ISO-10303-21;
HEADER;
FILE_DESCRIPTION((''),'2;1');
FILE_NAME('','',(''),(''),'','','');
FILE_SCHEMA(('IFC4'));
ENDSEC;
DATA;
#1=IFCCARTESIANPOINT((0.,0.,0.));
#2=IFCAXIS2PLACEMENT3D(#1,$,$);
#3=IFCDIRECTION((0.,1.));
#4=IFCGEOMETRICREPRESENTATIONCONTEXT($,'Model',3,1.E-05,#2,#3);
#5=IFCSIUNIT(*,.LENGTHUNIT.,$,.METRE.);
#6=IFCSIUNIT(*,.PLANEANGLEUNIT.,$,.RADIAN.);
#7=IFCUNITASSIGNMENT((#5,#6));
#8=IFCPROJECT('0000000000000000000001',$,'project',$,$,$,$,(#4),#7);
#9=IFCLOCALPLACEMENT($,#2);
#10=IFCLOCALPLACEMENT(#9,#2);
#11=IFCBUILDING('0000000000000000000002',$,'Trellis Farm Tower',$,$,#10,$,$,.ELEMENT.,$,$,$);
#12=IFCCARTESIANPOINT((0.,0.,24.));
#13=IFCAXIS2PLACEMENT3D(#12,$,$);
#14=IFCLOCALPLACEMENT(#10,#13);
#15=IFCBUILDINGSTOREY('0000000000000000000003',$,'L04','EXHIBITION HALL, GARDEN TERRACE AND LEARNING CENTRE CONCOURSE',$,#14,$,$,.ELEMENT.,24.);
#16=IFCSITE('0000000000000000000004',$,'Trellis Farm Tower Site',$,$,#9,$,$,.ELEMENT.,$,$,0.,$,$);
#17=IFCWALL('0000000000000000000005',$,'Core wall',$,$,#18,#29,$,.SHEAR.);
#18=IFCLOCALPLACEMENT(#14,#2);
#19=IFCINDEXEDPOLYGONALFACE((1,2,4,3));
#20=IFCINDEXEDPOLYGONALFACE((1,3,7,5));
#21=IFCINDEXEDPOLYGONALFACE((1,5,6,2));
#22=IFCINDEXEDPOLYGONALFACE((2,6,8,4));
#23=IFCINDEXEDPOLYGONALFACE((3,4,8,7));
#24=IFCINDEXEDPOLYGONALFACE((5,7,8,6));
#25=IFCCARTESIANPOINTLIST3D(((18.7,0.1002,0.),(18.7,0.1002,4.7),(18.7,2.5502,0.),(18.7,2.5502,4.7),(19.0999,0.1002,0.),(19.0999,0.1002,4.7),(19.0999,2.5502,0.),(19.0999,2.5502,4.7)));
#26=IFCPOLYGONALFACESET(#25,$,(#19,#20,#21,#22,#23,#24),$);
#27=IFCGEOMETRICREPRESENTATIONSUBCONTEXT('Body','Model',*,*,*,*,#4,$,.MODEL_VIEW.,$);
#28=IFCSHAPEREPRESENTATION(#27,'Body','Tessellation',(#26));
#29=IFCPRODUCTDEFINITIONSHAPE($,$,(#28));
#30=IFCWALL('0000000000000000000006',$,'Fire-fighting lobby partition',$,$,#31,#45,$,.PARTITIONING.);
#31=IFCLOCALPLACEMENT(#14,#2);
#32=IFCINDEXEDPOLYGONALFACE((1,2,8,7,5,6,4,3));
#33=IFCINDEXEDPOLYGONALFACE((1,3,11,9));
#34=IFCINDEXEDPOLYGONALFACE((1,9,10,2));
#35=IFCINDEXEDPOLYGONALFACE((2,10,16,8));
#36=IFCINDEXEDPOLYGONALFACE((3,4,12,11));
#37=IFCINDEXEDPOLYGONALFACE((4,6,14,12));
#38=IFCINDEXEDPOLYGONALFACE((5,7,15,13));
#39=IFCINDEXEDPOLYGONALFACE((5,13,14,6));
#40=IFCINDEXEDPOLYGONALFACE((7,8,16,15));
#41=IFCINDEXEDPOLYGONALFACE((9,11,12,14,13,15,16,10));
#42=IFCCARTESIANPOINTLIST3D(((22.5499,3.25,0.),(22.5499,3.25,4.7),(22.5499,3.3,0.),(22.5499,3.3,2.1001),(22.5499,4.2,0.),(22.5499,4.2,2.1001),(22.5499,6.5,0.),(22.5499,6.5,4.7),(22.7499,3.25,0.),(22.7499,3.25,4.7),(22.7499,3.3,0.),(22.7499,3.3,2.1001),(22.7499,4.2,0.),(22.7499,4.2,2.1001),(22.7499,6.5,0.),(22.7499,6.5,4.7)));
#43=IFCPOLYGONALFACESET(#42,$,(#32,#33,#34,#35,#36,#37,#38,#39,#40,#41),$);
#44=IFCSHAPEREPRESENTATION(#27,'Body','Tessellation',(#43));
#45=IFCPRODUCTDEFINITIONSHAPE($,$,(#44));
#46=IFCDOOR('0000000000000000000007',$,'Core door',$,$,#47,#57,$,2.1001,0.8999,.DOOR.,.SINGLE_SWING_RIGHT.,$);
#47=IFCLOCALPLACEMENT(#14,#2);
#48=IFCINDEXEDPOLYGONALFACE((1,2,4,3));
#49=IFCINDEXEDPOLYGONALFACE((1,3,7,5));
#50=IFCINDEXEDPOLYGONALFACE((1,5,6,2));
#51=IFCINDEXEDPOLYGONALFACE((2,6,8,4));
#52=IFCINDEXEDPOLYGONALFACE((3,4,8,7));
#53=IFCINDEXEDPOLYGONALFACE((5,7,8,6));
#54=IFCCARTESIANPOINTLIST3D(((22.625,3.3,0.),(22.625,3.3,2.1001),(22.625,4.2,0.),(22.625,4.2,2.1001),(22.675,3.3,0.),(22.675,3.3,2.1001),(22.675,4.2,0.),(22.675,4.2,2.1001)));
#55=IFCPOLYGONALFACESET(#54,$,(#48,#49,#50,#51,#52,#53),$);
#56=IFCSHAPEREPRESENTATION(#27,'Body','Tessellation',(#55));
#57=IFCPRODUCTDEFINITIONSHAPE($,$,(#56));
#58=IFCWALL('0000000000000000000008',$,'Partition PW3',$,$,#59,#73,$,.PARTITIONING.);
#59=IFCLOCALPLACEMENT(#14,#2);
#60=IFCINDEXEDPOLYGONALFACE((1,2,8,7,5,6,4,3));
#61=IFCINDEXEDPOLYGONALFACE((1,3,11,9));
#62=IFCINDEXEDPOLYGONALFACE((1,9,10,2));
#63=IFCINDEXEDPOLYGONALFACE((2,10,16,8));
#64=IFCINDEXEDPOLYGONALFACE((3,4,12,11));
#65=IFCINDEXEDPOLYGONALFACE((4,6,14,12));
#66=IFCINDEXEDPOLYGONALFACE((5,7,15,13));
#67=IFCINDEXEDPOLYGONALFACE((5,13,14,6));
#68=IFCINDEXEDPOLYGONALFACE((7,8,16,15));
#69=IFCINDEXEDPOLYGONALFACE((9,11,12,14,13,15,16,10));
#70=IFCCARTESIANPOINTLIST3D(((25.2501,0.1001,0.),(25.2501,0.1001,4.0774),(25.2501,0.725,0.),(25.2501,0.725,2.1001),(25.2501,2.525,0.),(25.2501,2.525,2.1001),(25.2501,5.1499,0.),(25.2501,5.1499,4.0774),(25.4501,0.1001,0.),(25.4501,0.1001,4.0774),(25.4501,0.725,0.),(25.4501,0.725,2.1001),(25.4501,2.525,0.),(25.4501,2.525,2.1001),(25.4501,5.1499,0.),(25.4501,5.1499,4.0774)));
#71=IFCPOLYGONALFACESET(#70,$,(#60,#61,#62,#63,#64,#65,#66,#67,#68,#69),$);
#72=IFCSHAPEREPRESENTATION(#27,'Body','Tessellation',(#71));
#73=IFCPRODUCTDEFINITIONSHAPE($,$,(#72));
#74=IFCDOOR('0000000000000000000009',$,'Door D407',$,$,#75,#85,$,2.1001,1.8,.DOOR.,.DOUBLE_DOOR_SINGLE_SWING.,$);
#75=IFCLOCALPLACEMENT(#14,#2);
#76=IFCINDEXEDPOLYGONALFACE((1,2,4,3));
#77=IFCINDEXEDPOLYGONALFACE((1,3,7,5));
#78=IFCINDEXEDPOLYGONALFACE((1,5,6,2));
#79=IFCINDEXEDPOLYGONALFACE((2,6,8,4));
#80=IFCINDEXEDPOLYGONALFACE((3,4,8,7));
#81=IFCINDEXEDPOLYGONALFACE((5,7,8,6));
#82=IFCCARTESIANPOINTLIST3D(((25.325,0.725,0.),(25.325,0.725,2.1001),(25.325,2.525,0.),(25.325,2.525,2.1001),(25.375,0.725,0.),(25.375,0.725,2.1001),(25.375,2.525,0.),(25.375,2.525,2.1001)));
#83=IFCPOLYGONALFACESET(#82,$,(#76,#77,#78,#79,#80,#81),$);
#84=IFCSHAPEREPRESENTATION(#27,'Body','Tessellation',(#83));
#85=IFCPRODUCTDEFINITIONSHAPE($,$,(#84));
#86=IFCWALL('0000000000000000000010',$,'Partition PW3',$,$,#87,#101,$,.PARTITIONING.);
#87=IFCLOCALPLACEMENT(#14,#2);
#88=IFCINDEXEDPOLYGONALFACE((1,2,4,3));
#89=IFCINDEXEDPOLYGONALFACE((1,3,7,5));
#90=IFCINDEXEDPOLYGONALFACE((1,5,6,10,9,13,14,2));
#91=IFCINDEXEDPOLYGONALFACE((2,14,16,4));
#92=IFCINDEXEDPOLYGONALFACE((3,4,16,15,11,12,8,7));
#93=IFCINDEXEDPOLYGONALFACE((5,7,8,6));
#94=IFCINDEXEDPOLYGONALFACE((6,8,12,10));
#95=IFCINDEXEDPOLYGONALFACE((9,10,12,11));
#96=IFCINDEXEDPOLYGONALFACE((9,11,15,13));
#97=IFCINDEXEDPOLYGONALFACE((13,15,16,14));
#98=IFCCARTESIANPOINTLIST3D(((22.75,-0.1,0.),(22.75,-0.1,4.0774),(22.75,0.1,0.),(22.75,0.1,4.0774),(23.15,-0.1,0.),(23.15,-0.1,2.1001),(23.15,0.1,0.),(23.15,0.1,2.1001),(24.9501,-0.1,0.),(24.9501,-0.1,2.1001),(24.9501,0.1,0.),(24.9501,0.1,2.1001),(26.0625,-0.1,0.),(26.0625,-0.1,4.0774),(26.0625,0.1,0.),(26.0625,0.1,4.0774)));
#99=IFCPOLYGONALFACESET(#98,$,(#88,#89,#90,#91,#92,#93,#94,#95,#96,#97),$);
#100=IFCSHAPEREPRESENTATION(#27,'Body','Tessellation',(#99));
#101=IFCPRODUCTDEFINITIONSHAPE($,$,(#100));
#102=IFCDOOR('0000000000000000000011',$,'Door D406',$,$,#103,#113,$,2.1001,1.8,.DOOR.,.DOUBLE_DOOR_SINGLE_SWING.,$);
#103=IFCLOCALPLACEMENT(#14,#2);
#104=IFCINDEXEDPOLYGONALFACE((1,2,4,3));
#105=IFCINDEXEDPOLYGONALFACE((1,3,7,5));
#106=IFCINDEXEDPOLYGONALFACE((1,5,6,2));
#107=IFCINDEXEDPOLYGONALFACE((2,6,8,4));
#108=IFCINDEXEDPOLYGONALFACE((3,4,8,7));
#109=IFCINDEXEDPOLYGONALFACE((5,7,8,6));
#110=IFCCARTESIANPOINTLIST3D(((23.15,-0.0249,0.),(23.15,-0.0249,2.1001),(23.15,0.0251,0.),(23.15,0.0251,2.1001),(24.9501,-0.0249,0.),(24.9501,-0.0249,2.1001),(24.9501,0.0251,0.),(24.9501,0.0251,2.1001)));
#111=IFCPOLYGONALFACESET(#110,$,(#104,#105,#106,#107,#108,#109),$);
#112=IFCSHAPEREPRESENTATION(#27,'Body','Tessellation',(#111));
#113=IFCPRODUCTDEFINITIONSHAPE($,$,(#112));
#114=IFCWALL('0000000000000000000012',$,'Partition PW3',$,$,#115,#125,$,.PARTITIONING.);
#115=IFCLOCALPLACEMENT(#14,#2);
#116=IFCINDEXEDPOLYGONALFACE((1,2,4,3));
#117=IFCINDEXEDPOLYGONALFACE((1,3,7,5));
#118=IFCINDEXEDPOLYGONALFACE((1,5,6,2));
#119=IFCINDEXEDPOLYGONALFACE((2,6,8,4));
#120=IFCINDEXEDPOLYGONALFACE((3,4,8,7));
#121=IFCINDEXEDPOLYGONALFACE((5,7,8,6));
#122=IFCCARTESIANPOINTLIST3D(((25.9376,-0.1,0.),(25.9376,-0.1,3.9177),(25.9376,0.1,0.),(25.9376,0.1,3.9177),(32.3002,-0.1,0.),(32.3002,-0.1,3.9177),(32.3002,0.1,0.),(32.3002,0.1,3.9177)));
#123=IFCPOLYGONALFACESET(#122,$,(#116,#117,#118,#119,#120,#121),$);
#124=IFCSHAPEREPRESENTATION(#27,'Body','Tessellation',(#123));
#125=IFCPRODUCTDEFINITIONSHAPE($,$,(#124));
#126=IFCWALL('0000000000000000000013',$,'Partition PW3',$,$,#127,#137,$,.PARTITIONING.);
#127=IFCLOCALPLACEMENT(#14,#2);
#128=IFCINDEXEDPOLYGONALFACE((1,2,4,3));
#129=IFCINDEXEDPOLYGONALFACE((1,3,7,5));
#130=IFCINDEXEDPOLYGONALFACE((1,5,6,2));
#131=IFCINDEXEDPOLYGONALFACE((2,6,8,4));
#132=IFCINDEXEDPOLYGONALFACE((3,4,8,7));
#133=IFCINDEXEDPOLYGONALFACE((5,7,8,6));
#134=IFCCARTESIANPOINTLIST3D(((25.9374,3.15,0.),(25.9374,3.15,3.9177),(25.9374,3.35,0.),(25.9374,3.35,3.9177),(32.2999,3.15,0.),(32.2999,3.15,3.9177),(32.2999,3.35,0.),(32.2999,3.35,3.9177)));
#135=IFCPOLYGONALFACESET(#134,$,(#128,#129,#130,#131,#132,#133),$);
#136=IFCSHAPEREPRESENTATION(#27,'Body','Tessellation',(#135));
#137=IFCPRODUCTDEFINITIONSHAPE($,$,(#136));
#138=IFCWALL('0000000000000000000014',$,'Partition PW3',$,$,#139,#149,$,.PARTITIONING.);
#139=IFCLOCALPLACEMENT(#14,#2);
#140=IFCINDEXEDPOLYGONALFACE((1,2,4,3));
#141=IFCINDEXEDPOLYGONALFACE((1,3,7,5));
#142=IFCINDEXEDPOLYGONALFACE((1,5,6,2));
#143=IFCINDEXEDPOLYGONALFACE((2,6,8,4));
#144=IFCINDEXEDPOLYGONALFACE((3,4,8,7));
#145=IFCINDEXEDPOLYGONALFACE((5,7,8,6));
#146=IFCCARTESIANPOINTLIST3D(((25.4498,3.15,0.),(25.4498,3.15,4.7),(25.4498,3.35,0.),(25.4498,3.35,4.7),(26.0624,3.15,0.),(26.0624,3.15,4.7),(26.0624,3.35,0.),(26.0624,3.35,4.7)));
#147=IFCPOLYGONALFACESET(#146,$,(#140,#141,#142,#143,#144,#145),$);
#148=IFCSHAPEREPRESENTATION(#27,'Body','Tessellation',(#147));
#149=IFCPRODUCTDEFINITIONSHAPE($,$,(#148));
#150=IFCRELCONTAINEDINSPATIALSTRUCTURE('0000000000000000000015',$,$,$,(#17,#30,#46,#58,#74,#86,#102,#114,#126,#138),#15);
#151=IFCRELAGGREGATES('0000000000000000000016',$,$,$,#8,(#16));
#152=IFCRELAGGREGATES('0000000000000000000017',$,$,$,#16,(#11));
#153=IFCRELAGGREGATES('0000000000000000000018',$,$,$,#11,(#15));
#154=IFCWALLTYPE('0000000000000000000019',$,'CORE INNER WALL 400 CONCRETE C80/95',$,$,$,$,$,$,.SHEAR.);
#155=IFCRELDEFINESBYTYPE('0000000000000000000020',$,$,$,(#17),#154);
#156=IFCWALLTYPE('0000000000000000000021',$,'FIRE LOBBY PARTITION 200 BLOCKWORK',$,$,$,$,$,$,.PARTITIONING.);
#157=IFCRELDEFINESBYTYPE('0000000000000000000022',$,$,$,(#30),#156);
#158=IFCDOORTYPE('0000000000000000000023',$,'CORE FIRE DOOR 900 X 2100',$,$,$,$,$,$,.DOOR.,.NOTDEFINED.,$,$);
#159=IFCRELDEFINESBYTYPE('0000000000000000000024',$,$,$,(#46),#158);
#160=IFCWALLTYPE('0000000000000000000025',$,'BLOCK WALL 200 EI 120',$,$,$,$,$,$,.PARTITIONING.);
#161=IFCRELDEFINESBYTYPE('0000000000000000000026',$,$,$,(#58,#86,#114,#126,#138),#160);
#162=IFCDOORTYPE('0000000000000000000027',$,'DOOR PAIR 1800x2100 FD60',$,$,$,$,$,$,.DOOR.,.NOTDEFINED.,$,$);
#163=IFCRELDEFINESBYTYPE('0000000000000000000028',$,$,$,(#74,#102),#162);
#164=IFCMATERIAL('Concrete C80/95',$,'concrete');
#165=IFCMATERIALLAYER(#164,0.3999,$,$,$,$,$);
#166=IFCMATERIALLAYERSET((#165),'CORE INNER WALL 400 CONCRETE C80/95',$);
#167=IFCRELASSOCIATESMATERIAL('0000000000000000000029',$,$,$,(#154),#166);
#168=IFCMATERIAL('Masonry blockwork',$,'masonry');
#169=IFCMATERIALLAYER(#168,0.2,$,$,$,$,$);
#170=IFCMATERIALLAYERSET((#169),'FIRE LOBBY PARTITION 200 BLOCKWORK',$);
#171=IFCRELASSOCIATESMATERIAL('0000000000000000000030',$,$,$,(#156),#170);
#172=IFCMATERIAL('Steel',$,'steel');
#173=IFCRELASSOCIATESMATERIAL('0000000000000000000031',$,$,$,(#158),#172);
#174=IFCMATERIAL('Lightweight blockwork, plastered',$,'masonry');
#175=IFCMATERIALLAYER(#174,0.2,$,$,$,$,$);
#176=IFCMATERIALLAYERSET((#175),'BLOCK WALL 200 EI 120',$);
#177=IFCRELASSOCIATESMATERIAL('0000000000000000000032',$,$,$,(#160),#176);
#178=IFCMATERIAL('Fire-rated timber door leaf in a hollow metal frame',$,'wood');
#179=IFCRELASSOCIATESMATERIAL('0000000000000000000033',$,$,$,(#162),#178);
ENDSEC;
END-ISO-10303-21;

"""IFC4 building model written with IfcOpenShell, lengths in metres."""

from ifc_helpers import new_model, si_unit, direction, frame, frame_2d, origin, place, context, subcontext, project, spatial, rectangle, extrude, source, transform, mapped, material, layer, layer_set, type_object, element, fill, save


model = new_model("IFC4")

# Units and contexts
model_context = context("Model", 3, precision=1e-05, world=origin(), true_north=direction((0.0, 1.0)))
body_context = subcontext(model_context, "Body", "Model", "MODEL_VIEW")
ifc_project = project(units=[si_unit("LENGTHUNIT", "METRE"), si_unit("PLANEANGLEUNIT", "RADIAN")], contexts=[model_context])

# Site, building, storey
site_placement = place(None, origin())
site = spatial("IfcSite", under=ifc_project, at=site_placement, Name="Trellis Farm Tower Site", CompositionType="ELEMENT", RefElevation=0.0)
building_placement = place(site_placement, origin())
building = spatial("IfcBuilding", under=site, at=building_placement, Name="Trellis Farm Tower", CompositionType="ELEMENT")
storey_placement = place(building_placement, frame((0.0, 0.0, 24.0)))
storey = spatial("IfcBuildingStorey", under=building, at=storey_placement, Name="L04", Description="EXHIBITION HALL, GARDEN TERRACE AND LEARNING CENTRE CONCOURSE", CompositionType="ELEMENT", Elevation=24.0)

# Shared definitions
ifc_material_1 = material(Name="Concrete C80/95", Category="concrete")

# Wall
ifc_layer_1 = layer(ifc_material_1, 0.3999)
ifc_layer_set_1 = layer_set([ifc_layer_1], Name="CORE INNER WALL 400 CONCRETE C80/95")
wall_type_1 = type_object("IfcWallType", Name="CORE INNER WALL 400 CONCRETE C80/95", PredefinedType="SHEAR", material=ifc_layer_set_1)
shared_shape_1 = source(origin(), body_context, "Body", "SweptSolid", [
    extrude(rectangle(XDim=2.45, YDim=0.3999, at=frame_2d((1.2251, 0.0))), origin(), (0.0, 0.0, 1.0), 4.7),
])
wall_1_placement = place(storey_placement, frame((18.8999, 0.1001, 0.0), z_axis=(0.0, 0.0, 1.0), x_axis=(0.0, 1.0, 0.0)))
element("IfcWall", 1, at=wall_1_placement, inside=storey, type_object=wall_type_1, Name="Core wall", PredefinedType="SHEAR", context=body_context, shape_type="MappedRepresentation", body=[
    mapped(shared_shape_1, transform((0.0, 0.0, 0.0))),
])

# Walls, openings, doors
ifc_material_2 = material(Name="Masonry blockwork", Category="masonry")
ifc_layer_2 = layer(ifc_material_2, 0.2)
ifc_layer_set_2 = layer_set([ifc_layer_2], Name="FIRE LOBBY PARTITION 200 BLOCKWORK")
wall_type_2 = type_object("IfcWallType", Name="FIRE LOBBY PARTITION 200 BLOCKWORK", PredefinedType="PARTITIONING", material=ifc_layer_set_2)
shared_shape_2 = source(origin(), body_context, "Body", "SweptSolid", [
    extrude(rectangle(XDim=3.25, YDim=0.2, at=frame_2d((1.625, 0.0))), origin(), (0.0, 0.0, 1.0), 4.7),
])
wall_2_placement = place(storey_placement, frame((22.6499, 3.25, 0.0), z_axis=(0.0, 0.0, 1.0), x_axis=(0.0, 1.0, 0.0)))
wall_2 = element("IfcWall", 2, at=wall_2_placement, inside=storey, type_object=wall_type_2, Name="Fire-fighting lobby partition", PredefinedType="PARTITIONING", context=body_context, shape_type="MappedRepresentation", body=[
    mapped(shared_shape_2, transform((0.0, 0.0, 0.0))),
])
shared_shape_3 = source(origin(), body_context, "Body", "SweptSolid", [
    extrude(rectangle(XDim=0.8999, YDim=2.1001, at=frame_2d((0.45, 1.05))), frame((0.0, 0.1101, 0.0), z_axis=(0.0, -1.0, 0.0), x_axis=(1.0, 0.0, 0.0)), (0.0, 0.0, 1.0), 0.2202),
])
opening_1_placement = place(wall_2_placement, frame((0.05, 0.0, 0.0)))
opening_1 = element("IfcOpeningElement", 3, at=opening_1_placement, cuts=wall_2, PredefinedType="OPENING", context=body_context, shape_type="MappedRepresentation", body=[
    mapped(shared_shape_3, transform((0.0, 0.0, 0.0))),
])
ifc_material_3 = material(Name="Steel", Category="steel")
door_type_1 = type_object("IfcDoorType", Name="CORE FIRE DOOR 900 X 2100", OperationType="NOTDEFINED", PredefinedType="DOOR", material=ifc_material_3)
shared_shape_4 = source(origin(), body_context, "Body", "SweptSolid", [
    extrude(rectangle(XDim=0.8999, YDim=2.1001, at=frame_2d((0.45, 1.05))), frame((0.0, 0.0249, 0.0), z_axis=(0.0, -1.0, 0.0), x_axis=(1.0, 0.0, 0.0)), (0.0, 0.0, 1.0), 0.05),
])
door_1_placement = place(opening_1_placement, origin())
door_1 = element("IfcDoor", 4, at=door_1_placement, inside=storey, type_object=door_type_1, Name="Core door", OperationType="SINGLE_SWING_RIGHT", OverallHeight=2.1001, OverallWidth=0.8999, PredefinedType="DOOR", context=body_context, shape_type="MappedRepresentation", body=[
    mapped(shared_shape_4, transform((0.0, 0.0, 0.0))),
])
fill(opening_1, door_1)
ifc_material_4 = material(Name="Lightweight blockwork, plastered", Category="masonry")
ifc_layer_3 = layer(ifc_material_4, 0.2)
ifc_layer_set_3 = layer_set([ifc_layer_3], Name="BLOCK WALL 200 EI 120")
wall_type_3 = type_object("IfcWallType", Name="BLOCK WALL 200 EI 120", PredefinedType="PARTITIONING", material=ifc_layer_set_3)
shared_shape_5 = source(origin(), body_context, "Body", "SweptSolid", [
    extrude(rectangle(XDim=5.0498, YDim=0.2, at=frame_2d((2.5249, 0.0))), origin(), (0.0, 0.0, 1.0), 4.0774),
])
wall_3_placement = place(storey_placement, frame((25.3501, 5.1499, 0.0), z_axis=(0.0, 0.0, 1.0), x_axis=(0.0, -1.0, 0.0)))
wall_3 = element("IfcWall", 5, at=wall_3_placement, inside=storey, type_object=wall_type_3, Name="Partition PW3", PredefinedType="PARTITIONING", context=body_context, shape_type="MappedRepresentation", body=[
    mapped(shared_shape_5, transform((0.0, 0.0, 0.0))),
])
shared_shape_6 = source(origin(), body_context, "Body", "SweptSolid", [
    extrude(rectangle(XDim=1.8, YDim=2.1001, at=frame_2d((0.8999, 1.05))), frame((0.0, 0.1101, 0.0), z_axis=(0.0, -1.0, 0.0), x_axis=(1.0, 0.0, 0.0)), (0.0, 0.0, 1.0), 0.2202),
])
opening_2_placement = place(wall_3_placement, frame((2.625, 0.0, 0.0)))
opening_2 = element("IfcOpeningElement", 6, at=opening_2_placement, cuts=wall_3, PredefinedType="OPENING", context=body_context, shape_type="MappedRepresentation", body=[
    mapped(shared_shape_6, transform((0.0, 0.0, 0.0))),
])
ifc_material_5 = material(Name="Fire-rated timber door leaf in a hollow metal frame", Category="wood")
door_type_2 = type_object("IfcDoorType", Name="DOOR PAIR 1800x2100 FD60", OperationType="NOTDEFINED", PredefinedType="DOOR", material=ifc_material_5)
shared_shape_7 = source(origin(), body_context, "Body", "SweptSolid", [
    extrude(rectangle(XDim=1.8, YDim=2.1001, at=frame_2d((0.8999, 1.05))), frame((0.0, 0.0249, 0.0), z_axis=(0.0, -1.0, 0.0), x_axis=(1.0, 0.0, 0.0)), (0.0, 0.0, 1.0), 0.05),
])
door_2_placement = place(opening_2_placement, origin())
door_2 = element("IfcDoor", 7, at=door_2_placement, inside=storey, type_object=door_type_2, Name="Door D407", OperationType="DOUBLE_DOOR_SINGLE_SWING", OverallHeight=2.1001, OverallWidth=1.8, PredefinedType="DOOR", context=body_context, shape_type="MappedRepresentation", body=[
    mapped(shared_shape_7, transform((0.0, 0.0, 0.0))),
])
fill(opening_2, door_2)
shared_shape_8 = source(origin(), body_context, "Body", "SweptSolid", [
    extrude(rectangle(XDim=3.3125, YDim=0.2, at=frame_2d((1.6562, 0.0))), origin(), (0.0, 0.0, 1.0), 4.0774),
])
wall_4_placement = place(storey_placement, frame((26.0625, 0.0, 0.0), z_axis=(0.0, 0.0, 1.0), x_axis=(-1.0, 0.0, 0.0)))
wall_4 = element("IfcWall", 8, at=wall_4_placement, inside=storey, type_object=wall_type_3, Name="Partition PW3", PredefinedType="PARTITIONING", context=body_context, shape_type="MappedRepresentation", body=[
    mapped(shared_shape_8, transform((0.0, 0.0, 0.0))),
])
opening_3_placement = place(wall_4_placement, frame((1.1125, 0.0, 0.0)))
opening_3 = element("IfcOpeningElement", 9, at=opening_3_placement, cuts=wall_4, PredefinedType="OPENING", context=body_context, shape_type="MappedRepresentation", body=[
    mapped(shared_shape_6, transform((0.0, 0.0, 0.0))),
])
door_3_placement = place(opening_3_placement, origin())
door_3 = element("IfcDoor", 10, at=door_3_placement, inside=storey, type_object=door_type_2, Name="Door D406", OperationType="DOUBLE_DOOR_SINGLE_SWING", OverallHeight=2.1001, OverallWidth=1.8, PredefinedType="DOOR", context=body_context, shape_type="MappedRepresentation", body=[
    mapped(shared_shape_7, transform((0.0, 0.0, 0.0))),
])
fill(opening_3, door_3)

# Walls
shared_shape_9 = source(origin(), body_context, "Body", "SweptSolid", [
    extrude(rectangle(XDim=6.3625, YDim=0.2, at=frame_2d((3.1812, 0.0))), origin(), (0.0, 0.0, 1.0), 3.9177),
])
for number, where, z_axis, x_axis, name in (
    (11, (32.3, 0.0, 0.0), (0.0, 0.0, 1.0), (-1.0, 0.0, 0.0), "Partition PW3"),
    (12, (25.9375, 3.25, 0.0), (0.0, 0.0, 1.0), (1.0, 0.0, 0.0), "Partition PW3"),
):
    element("IfcWall", number, at=place(storey_placement, frame(where, z_axis=z_axis, x_axis=x_axis)), inside=storey, type_object=wall_type_3, Name=name, PredefinedType="PARTITIONING", context=body_context, shape_type="MappedRepresentation", body=[
        mapped(shared_shape_9, transform((0.0, 0.0, 0.0))),
    ])
shared_shape_10 = source(origin(), body_context, "Body", "SweptSolid", [
    extrude(rectangle(XDim=0.6125, YDim=0.2, at=frame_2d((0.3062, 0.0))), origin(), (0.0, 0.0, 1.0), 4.7),
])
wall_5_placement = place(storey_placement, frame((25.45, 3.25, 0.0), z_axis=(0.0, 0.0, 1.0), x_axis=(1.0, 0.0, 0.0)))
element("IfcWall", 13, at=wall_5_placement, inside=storey, type_object=wall_type_3, Name="Partition PW3", PredefinedType="PARTITIONING", context=body_context, shape_type="MappedRepresentation", body=[
    mapped(shared_shape_10, transform((0.0, 0.0, 0.0))),
])

save(model, "model.ifc")
